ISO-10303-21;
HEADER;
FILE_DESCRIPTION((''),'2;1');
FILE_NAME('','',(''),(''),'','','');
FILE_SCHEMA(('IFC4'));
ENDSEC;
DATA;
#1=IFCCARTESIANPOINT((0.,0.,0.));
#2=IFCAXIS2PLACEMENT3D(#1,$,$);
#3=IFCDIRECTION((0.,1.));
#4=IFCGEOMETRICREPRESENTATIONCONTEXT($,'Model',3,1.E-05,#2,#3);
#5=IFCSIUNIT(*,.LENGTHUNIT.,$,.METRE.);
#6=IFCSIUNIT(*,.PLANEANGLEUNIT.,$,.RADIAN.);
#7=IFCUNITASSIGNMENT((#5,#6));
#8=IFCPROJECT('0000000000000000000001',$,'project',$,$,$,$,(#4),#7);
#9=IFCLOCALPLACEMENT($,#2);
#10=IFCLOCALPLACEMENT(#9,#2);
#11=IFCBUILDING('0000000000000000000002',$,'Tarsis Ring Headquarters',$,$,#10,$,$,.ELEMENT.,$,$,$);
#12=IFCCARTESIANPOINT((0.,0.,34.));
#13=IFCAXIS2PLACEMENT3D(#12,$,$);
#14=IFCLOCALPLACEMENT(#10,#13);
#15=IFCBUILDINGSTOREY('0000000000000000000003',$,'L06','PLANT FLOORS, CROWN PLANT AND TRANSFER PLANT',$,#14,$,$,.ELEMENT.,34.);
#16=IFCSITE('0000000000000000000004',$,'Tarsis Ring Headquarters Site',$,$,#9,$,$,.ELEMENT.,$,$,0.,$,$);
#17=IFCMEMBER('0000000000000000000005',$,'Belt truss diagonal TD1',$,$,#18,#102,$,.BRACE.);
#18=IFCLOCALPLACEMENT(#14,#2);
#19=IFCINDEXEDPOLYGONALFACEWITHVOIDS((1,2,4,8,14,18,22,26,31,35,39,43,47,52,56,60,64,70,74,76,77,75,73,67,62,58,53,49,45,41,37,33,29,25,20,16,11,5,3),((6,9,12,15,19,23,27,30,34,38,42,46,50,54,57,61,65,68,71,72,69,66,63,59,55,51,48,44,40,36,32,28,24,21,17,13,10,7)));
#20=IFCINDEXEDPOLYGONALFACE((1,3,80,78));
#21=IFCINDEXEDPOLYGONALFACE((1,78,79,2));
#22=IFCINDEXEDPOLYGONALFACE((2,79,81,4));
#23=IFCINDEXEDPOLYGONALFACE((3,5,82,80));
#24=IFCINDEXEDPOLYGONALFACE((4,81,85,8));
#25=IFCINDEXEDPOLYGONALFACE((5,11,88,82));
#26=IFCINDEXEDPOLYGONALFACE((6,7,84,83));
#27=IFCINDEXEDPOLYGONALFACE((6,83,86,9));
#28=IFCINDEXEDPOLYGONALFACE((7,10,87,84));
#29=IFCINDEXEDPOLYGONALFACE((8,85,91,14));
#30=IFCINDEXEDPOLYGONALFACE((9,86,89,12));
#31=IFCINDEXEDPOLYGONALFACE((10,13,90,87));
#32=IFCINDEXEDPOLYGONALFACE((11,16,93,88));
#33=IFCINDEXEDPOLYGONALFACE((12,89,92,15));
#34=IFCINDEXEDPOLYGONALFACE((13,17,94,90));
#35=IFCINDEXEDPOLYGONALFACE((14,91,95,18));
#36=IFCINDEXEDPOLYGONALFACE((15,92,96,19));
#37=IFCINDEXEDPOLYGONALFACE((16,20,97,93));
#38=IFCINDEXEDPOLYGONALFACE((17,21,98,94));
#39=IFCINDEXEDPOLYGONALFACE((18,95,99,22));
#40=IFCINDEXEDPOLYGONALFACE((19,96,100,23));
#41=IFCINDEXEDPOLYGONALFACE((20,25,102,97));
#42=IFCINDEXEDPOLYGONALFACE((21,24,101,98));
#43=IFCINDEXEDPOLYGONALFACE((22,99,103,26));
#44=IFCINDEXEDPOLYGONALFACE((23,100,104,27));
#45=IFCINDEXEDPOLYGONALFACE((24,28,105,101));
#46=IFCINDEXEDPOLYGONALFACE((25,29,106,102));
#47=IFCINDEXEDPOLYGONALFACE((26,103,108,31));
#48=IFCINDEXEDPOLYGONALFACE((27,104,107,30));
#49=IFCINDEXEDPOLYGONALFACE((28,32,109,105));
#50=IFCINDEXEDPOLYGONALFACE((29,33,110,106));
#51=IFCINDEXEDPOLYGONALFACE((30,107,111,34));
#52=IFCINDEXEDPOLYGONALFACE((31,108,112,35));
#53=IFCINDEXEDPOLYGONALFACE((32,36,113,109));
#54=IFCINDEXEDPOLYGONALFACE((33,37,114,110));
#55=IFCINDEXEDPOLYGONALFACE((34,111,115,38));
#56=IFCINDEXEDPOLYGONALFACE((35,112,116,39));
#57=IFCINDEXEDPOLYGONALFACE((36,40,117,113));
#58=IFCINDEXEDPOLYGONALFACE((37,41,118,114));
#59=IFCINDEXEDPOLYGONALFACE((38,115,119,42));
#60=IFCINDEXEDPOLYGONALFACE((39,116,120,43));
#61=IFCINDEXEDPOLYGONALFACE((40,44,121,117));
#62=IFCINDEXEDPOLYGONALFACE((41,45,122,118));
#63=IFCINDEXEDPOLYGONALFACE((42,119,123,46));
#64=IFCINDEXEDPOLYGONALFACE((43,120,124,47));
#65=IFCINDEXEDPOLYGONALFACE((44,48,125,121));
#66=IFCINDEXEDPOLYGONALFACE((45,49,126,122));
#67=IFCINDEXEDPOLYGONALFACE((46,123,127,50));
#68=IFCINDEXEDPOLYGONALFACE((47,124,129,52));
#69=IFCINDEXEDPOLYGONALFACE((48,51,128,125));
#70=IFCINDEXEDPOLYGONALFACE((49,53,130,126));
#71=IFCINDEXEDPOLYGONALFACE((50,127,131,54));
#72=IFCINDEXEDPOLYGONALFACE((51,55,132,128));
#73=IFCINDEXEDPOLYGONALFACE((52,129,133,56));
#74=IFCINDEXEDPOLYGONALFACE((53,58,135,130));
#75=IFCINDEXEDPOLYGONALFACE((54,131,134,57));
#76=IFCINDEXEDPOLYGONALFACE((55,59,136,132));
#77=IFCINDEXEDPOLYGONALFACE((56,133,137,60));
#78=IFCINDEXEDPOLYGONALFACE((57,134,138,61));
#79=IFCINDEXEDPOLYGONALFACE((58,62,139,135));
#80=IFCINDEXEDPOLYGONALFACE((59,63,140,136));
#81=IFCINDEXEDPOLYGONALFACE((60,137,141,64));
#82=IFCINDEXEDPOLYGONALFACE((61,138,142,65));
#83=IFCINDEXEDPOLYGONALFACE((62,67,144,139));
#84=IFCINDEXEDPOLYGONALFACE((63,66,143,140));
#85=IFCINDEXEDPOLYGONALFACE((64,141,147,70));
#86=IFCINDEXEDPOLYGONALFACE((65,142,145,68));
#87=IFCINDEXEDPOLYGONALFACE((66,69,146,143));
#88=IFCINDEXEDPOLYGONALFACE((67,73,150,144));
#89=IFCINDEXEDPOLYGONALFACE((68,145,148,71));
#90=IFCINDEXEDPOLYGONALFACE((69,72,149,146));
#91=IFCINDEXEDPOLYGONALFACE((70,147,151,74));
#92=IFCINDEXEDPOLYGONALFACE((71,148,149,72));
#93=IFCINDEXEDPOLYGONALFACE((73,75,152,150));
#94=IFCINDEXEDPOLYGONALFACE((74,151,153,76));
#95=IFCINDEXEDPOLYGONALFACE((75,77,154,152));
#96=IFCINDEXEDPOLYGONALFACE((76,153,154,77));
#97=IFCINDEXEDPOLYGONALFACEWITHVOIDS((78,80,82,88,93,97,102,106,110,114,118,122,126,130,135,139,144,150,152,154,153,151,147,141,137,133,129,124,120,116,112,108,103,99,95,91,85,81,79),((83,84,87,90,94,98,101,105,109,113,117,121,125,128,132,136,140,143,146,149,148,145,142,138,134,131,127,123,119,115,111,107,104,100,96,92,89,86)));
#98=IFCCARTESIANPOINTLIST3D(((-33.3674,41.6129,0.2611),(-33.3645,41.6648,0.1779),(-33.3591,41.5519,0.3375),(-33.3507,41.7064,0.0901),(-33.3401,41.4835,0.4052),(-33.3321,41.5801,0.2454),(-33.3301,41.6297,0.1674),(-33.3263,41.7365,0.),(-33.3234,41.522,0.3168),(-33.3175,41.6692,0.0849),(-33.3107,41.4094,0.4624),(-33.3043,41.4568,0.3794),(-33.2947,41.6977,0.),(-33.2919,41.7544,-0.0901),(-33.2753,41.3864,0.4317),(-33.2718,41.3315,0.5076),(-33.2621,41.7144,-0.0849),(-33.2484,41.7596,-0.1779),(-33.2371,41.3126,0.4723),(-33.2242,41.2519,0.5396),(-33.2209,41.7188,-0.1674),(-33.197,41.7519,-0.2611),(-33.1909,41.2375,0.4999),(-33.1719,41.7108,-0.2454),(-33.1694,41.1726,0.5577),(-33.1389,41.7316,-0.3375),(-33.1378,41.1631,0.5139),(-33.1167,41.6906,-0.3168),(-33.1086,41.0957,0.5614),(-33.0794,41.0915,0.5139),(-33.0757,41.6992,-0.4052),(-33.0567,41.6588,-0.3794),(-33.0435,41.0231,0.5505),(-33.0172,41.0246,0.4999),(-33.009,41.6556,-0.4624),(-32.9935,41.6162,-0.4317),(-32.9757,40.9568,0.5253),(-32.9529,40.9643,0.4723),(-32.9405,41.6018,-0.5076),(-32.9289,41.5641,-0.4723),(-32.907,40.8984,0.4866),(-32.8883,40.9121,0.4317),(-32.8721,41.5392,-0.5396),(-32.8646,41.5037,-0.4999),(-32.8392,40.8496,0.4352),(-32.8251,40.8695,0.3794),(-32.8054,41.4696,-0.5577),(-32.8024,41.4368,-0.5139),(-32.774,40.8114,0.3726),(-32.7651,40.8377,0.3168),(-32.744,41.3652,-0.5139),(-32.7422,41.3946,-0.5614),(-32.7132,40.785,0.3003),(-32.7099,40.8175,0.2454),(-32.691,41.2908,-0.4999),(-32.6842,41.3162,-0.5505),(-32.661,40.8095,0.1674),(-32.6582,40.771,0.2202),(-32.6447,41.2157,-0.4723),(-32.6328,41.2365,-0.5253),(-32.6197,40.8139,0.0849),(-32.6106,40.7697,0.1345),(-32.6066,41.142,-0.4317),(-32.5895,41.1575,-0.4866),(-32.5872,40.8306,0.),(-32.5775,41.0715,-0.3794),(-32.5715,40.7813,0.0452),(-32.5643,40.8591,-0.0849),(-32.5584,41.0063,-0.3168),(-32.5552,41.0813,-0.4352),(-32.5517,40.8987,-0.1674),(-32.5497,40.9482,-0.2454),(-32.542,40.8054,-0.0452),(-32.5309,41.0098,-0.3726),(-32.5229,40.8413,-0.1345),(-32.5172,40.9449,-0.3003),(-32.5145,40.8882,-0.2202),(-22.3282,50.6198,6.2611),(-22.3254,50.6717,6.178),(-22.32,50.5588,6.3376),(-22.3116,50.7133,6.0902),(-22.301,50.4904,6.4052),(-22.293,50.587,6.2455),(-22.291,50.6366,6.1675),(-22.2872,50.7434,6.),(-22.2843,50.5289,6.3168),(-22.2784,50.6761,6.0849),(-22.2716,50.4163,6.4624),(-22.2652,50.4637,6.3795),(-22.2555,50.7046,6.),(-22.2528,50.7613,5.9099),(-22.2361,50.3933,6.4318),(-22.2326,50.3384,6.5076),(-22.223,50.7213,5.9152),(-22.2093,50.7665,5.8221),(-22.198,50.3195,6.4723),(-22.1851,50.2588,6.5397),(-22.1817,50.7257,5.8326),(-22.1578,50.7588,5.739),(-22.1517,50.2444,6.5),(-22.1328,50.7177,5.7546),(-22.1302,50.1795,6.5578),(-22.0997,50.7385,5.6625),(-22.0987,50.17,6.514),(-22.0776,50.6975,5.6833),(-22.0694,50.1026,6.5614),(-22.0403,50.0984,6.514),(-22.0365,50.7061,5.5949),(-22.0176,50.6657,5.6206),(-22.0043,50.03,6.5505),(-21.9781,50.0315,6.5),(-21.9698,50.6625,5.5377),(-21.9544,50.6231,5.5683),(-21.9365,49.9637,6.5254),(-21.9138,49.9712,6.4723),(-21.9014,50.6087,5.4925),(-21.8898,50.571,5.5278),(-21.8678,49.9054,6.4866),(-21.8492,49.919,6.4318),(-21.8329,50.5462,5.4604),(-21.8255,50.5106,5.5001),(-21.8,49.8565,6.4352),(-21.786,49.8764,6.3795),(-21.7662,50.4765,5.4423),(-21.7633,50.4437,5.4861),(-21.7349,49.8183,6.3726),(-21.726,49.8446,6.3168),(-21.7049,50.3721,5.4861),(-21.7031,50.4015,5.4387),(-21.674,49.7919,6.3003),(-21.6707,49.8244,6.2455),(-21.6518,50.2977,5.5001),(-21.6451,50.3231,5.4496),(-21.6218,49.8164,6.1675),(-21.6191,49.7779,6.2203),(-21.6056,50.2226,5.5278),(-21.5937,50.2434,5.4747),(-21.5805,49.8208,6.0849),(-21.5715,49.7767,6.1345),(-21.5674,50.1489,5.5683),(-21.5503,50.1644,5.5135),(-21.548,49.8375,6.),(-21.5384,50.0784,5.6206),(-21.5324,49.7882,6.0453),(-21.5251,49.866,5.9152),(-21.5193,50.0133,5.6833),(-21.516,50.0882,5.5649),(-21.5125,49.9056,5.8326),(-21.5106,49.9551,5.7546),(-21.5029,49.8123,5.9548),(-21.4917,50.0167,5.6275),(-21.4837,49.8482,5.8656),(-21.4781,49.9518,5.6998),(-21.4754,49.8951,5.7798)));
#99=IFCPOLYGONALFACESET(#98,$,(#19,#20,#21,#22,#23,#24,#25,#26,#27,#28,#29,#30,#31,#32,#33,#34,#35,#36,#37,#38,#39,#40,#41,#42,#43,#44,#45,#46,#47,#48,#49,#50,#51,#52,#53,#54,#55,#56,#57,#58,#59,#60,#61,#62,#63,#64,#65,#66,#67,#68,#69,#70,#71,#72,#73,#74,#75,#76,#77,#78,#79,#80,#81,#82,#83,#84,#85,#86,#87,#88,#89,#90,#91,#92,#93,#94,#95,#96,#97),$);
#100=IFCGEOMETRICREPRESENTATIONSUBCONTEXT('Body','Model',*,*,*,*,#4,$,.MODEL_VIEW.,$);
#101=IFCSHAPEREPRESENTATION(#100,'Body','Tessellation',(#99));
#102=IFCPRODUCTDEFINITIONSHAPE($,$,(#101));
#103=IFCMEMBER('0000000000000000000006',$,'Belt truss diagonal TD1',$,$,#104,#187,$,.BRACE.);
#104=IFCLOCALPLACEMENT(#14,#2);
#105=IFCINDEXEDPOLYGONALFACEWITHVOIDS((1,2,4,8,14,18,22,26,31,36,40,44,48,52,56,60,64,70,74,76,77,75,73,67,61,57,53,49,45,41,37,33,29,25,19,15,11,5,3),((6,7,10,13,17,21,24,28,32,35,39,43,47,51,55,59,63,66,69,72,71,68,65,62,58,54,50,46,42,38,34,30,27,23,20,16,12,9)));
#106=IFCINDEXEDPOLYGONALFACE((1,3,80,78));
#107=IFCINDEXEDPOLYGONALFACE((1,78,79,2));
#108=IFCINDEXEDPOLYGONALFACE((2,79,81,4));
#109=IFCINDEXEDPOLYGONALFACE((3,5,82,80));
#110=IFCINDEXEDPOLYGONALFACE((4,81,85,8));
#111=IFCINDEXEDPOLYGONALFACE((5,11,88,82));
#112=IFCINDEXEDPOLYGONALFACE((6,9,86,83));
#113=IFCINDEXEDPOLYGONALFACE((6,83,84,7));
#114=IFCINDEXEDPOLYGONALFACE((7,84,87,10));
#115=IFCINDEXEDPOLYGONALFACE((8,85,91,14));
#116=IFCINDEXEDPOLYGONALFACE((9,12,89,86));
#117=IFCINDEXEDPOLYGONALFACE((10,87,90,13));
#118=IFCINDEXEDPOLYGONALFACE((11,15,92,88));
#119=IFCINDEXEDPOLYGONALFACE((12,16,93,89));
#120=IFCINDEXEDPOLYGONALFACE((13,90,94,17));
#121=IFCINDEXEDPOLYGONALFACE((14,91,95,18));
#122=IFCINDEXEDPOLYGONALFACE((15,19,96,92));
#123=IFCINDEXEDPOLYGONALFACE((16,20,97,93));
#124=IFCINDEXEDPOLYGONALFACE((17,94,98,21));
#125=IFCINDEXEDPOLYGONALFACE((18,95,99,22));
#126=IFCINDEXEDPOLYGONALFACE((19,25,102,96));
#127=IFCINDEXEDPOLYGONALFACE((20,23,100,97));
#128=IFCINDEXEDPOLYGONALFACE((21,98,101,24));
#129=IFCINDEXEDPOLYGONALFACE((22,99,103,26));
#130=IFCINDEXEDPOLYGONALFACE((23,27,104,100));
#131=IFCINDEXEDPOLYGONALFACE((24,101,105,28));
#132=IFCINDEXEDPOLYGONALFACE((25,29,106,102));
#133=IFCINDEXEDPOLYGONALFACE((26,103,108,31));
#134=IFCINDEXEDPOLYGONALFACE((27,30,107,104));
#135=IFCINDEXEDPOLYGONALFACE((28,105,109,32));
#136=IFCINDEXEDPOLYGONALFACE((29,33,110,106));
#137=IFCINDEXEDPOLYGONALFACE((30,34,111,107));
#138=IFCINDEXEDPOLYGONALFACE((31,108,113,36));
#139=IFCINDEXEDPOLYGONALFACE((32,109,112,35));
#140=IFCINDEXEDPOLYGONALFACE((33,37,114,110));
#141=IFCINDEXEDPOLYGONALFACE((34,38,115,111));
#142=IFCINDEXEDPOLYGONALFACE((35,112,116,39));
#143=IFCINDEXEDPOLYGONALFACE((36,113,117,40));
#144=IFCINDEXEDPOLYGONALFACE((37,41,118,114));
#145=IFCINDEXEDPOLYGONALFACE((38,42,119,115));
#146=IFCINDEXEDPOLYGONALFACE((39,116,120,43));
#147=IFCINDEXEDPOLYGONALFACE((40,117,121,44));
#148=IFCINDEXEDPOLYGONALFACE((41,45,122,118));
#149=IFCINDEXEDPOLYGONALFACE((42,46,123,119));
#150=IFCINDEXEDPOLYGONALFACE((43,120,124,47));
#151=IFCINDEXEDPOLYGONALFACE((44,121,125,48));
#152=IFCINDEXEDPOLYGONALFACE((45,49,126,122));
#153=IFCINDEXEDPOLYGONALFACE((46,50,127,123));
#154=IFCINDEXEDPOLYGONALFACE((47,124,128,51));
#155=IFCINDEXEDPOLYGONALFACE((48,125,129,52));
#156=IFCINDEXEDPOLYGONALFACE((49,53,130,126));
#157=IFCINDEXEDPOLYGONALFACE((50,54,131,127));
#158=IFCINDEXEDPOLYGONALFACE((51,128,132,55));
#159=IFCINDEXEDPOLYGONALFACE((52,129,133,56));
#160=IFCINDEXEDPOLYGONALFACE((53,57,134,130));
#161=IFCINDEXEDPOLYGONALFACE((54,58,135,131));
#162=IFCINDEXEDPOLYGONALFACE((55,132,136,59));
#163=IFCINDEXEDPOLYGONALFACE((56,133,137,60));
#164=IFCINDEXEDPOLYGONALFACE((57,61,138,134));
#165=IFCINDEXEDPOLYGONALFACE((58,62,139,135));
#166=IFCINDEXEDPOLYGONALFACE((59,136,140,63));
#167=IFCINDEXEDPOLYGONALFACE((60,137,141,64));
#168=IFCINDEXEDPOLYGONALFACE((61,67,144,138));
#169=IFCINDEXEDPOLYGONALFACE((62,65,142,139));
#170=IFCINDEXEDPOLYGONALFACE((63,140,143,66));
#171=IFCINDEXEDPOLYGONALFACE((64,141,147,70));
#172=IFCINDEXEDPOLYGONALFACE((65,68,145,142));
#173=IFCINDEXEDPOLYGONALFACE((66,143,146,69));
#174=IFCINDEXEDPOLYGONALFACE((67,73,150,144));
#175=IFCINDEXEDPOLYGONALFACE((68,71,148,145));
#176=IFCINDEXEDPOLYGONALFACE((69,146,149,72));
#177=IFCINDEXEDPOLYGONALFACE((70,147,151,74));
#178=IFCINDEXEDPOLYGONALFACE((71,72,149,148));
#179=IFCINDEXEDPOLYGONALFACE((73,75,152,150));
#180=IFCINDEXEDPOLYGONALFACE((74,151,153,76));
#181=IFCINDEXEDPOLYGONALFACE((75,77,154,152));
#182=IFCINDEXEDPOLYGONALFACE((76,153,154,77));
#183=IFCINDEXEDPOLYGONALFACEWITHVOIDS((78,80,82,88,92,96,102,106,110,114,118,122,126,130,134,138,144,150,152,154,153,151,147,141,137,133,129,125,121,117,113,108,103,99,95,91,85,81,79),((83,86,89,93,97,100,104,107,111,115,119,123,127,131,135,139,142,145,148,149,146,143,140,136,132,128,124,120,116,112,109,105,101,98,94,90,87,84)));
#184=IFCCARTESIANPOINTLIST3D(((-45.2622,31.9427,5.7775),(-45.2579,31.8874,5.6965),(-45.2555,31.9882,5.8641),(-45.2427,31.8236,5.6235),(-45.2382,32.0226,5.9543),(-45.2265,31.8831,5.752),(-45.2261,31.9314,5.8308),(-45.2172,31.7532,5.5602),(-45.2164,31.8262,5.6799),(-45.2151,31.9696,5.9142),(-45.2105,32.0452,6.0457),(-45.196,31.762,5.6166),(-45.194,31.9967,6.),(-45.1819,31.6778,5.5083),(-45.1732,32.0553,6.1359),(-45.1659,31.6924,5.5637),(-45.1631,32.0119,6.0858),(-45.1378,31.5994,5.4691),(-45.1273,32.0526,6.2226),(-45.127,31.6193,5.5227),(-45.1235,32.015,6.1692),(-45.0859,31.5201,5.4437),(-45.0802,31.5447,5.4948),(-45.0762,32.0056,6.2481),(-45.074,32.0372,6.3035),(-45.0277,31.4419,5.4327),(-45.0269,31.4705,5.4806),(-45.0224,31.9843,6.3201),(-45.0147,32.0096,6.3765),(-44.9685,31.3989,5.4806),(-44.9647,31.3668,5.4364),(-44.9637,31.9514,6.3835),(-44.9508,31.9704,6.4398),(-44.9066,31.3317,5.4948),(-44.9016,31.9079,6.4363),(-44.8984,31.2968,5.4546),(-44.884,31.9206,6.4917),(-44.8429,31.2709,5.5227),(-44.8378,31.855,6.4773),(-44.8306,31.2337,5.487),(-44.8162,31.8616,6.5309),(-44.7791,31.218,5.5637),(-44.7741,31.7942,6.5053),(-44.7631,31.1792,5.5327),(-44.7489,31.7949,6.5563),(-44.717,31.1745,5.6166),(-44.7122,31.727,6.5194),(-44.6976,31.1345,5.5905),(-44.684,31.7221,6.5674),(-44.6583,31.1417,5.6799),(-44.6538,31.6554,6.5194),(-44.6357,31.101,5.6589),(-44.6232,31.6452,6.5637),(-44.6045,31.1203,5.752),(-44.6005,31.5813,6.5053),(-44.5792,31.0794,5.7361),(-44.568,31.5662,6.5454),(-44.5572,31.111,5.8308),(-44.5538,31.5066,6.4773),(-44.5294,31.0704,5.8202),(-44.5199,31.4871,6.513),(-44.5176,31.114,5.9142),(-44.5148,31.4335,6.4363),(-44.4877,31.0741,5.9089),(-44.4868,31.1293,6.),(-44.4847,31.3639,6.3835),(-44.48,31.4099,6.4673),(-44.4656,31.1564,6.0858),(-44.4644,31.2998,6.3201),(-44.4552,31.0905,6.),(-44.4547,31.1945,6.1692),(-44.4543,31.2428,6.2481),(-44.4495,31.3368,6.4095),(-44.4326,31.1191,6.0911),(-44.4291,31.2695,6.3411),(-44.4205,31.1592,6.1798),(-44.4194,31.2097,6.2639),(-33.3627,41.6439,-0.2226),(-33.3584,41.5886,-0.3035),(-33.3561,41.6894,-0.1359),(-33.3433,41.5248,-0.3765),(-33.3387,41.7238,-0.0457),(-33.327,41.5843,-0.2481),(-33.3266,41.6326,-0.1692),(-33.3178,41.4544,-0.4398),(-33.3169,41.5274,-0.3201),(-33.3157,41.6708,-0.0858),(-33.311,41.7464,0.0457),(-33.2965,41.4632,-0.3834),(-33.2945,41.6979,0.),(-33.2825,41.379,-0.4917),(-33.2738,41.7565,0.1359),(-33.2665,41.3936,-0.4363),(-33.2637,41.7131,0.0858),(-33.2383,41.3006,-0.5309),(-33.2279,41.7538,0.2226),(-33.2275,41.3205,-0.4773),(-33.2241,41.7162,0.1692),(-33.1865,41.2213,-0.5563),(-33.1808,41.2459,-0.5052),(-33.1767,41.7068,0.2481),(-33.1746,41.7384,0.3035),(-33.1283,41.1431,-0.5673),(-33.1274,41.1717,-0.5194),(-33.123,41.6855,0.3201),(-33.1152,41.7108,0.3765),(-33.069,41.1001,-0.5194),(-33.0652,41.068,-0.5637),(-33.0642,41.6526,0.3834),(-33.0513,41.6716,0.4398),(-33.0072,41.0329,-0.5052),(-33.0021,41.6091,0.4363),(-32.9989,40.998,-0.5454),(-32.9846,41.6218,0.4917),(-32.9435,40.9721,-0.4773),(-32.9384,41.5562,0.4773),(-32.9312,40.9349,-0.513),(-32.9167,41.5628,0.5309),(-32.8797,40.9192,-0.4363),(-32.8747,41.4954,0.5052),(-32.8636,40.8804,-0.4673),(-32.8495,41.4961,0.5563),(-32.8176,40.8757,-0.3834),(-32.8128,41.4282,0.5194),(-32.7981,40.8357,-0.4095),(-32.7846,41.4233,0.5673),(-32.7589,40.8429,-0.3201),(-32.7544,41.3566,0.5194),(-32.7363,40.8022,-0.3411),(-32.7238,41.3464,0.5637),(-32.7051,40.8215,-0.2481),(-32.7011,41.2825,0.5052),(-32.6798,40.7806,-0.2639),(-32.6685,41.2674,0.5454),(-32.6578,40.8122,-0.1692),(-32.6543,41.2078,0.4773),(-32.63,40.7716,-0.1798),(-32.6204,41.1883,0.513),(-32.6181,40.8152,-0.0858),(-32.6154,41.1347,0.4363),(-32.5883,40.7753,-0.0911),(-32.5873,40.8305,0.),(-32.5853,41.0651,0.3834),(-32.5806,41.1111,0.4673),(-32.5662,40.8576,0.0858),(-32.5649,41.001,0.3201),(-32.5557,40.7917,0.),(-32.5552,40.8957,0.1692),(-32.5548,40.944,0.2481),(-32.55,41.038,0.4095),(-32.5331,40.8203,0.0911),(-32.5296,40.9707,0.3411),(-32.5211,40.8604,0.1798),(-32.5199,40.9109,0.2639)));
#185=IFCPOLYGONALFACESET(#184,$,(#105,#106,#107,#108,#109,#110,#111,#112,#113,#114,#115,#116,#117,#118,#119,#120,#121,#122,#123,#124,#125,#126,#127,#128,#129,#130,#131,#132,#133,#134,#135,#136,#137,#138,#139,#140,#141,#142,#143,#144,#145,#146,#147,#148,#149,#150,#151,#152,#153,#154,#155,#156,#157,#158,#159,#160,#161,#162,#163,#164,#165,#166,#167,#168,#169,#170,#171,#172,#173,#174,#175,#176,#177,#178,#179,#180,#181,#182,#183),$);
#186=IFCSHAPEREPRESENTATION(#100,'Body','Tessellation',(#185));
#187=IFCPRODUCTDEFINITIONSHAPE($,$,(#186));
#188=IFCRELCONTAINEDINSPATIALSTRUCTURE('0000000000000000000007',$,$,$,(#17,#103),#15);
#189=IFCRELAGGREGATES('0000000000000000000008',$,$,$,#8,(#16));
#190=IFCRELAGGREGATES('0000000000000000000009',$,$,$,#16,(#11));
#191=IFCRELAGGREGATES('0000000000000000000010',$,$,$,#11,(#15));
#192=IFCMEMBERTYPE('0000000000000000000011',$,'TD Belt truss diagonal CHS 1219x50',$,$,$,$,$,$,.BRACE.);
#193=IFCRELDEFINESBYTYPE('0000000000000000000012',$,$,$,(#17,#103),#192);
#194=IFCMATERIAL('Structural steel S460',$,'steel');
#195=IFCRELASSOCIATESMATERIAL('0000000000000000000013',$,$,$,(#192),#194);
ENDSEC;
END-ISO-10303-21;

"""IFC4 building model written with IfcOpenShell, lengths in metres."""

from ifc_helpers import new_model, si_unit, direction, frame, origin, origin_2d, place, context, subcontext, project, spatial, hollow_circle, extrude, material, material_profile, profile_set, type_object, element, save


model = new_model("IFC4")

# Units and contexts
model_context = context("Model", 3, precision=1e-05, world=origin(), true_north=direction((0.0, 1.0)))
body_context = subcontext(model_context, "Body", "Model", "MODEL_VIEW")
ifc_project = project(units=[si_unit("LENGTHUNIT", "METRE"), si_unit("PLANEANGLEUNIT", "RADIAN")], contexts=[model_context])

# Site, building, storey
site_placement = place(None, origin())
site = spatial("IfcSite", under=ifc_project, at=site_placement, Name="Tarsis Ring Headquarters Site", CompositionType="ELEMENT", RefElevation=0.0)
building_placement = place(site_placement, origin())
building = spatial("IfcBuilding", under=site, at=building_placement, Name="Tarsis Ring Headquarters", CompositionType="ELEMENT")
storey_placement = place(building_placement, frame((0.0, 0.0, 34.0)))
storey = spatial("IfcBuildingStorey", under=building, at=storey_placement, Name="L06", Description="PLANT FLOORS, CROWN PLANT AND TRANSFER PLANT", CompositionType="ELEMENT", Elevation=34.0)

# Shared definitions
ifc_material_1 = material(Name="Structural steel S460", Category="steel")
ifc_material_profile_1 = material_profile(ifc_material_1, hollow_circle(Radius=0.6096, WallThickness=0.05, at=origin_2d()), Name="CHS 1219x50")
ifc_profile_set_1 = profile_set([ifc_material_profile_1], Name="Structural steel S460")

# Members
member_type_1 = type_object("IfcMemberType", Name="TD Belt truss diagonal CHS 1219x50", PredefinedType="BRACE", material=ifc_profile_set_1)
member_1_placement = place(storey_placement, frame((-32.9409, 41.2642, 0.0), z_axis=(0.714082, 0.582623, 0.388121), x_axis=(-0.632181, 0.774821, 0.0)))
element("IfcMember", 1, at=member_1_placement, inside=storey, type_object=member_type_1, Name="Belt truss diagonal TD1", PredefinedType="BRACE", context=body_context, shape_type="SweptSolid", body=[
    extrude(hollow_circle(Radius=0.6096, WallThickness=0.05, at=origin_2d()), origin(), (0.0, 0.0, 1.0), 15.4592),
])
member_2_placement = place(storey_placement, frame((-32.9409, 41.2642, 0.0), z_axis=(-0.721894, -0.588535, 0.363998), x_axis=(0.631882, -0.775064, 0.0)))
element("IfcMember", 2, at=member_2_placement, inside=storey, type_object=member_type_1, Name="Belt truss diagonal TD1", PredefinedType="BRACE", context=body_context, shape_type="SweptSolid", body=[
    extrude(hollow_circle(Radius=0.6096, WallThickness=0.05, at=origin_2d()), origin(), (0.0, 0.0, 1.0), 16.4836),
])

save(model, "model.ifc")
